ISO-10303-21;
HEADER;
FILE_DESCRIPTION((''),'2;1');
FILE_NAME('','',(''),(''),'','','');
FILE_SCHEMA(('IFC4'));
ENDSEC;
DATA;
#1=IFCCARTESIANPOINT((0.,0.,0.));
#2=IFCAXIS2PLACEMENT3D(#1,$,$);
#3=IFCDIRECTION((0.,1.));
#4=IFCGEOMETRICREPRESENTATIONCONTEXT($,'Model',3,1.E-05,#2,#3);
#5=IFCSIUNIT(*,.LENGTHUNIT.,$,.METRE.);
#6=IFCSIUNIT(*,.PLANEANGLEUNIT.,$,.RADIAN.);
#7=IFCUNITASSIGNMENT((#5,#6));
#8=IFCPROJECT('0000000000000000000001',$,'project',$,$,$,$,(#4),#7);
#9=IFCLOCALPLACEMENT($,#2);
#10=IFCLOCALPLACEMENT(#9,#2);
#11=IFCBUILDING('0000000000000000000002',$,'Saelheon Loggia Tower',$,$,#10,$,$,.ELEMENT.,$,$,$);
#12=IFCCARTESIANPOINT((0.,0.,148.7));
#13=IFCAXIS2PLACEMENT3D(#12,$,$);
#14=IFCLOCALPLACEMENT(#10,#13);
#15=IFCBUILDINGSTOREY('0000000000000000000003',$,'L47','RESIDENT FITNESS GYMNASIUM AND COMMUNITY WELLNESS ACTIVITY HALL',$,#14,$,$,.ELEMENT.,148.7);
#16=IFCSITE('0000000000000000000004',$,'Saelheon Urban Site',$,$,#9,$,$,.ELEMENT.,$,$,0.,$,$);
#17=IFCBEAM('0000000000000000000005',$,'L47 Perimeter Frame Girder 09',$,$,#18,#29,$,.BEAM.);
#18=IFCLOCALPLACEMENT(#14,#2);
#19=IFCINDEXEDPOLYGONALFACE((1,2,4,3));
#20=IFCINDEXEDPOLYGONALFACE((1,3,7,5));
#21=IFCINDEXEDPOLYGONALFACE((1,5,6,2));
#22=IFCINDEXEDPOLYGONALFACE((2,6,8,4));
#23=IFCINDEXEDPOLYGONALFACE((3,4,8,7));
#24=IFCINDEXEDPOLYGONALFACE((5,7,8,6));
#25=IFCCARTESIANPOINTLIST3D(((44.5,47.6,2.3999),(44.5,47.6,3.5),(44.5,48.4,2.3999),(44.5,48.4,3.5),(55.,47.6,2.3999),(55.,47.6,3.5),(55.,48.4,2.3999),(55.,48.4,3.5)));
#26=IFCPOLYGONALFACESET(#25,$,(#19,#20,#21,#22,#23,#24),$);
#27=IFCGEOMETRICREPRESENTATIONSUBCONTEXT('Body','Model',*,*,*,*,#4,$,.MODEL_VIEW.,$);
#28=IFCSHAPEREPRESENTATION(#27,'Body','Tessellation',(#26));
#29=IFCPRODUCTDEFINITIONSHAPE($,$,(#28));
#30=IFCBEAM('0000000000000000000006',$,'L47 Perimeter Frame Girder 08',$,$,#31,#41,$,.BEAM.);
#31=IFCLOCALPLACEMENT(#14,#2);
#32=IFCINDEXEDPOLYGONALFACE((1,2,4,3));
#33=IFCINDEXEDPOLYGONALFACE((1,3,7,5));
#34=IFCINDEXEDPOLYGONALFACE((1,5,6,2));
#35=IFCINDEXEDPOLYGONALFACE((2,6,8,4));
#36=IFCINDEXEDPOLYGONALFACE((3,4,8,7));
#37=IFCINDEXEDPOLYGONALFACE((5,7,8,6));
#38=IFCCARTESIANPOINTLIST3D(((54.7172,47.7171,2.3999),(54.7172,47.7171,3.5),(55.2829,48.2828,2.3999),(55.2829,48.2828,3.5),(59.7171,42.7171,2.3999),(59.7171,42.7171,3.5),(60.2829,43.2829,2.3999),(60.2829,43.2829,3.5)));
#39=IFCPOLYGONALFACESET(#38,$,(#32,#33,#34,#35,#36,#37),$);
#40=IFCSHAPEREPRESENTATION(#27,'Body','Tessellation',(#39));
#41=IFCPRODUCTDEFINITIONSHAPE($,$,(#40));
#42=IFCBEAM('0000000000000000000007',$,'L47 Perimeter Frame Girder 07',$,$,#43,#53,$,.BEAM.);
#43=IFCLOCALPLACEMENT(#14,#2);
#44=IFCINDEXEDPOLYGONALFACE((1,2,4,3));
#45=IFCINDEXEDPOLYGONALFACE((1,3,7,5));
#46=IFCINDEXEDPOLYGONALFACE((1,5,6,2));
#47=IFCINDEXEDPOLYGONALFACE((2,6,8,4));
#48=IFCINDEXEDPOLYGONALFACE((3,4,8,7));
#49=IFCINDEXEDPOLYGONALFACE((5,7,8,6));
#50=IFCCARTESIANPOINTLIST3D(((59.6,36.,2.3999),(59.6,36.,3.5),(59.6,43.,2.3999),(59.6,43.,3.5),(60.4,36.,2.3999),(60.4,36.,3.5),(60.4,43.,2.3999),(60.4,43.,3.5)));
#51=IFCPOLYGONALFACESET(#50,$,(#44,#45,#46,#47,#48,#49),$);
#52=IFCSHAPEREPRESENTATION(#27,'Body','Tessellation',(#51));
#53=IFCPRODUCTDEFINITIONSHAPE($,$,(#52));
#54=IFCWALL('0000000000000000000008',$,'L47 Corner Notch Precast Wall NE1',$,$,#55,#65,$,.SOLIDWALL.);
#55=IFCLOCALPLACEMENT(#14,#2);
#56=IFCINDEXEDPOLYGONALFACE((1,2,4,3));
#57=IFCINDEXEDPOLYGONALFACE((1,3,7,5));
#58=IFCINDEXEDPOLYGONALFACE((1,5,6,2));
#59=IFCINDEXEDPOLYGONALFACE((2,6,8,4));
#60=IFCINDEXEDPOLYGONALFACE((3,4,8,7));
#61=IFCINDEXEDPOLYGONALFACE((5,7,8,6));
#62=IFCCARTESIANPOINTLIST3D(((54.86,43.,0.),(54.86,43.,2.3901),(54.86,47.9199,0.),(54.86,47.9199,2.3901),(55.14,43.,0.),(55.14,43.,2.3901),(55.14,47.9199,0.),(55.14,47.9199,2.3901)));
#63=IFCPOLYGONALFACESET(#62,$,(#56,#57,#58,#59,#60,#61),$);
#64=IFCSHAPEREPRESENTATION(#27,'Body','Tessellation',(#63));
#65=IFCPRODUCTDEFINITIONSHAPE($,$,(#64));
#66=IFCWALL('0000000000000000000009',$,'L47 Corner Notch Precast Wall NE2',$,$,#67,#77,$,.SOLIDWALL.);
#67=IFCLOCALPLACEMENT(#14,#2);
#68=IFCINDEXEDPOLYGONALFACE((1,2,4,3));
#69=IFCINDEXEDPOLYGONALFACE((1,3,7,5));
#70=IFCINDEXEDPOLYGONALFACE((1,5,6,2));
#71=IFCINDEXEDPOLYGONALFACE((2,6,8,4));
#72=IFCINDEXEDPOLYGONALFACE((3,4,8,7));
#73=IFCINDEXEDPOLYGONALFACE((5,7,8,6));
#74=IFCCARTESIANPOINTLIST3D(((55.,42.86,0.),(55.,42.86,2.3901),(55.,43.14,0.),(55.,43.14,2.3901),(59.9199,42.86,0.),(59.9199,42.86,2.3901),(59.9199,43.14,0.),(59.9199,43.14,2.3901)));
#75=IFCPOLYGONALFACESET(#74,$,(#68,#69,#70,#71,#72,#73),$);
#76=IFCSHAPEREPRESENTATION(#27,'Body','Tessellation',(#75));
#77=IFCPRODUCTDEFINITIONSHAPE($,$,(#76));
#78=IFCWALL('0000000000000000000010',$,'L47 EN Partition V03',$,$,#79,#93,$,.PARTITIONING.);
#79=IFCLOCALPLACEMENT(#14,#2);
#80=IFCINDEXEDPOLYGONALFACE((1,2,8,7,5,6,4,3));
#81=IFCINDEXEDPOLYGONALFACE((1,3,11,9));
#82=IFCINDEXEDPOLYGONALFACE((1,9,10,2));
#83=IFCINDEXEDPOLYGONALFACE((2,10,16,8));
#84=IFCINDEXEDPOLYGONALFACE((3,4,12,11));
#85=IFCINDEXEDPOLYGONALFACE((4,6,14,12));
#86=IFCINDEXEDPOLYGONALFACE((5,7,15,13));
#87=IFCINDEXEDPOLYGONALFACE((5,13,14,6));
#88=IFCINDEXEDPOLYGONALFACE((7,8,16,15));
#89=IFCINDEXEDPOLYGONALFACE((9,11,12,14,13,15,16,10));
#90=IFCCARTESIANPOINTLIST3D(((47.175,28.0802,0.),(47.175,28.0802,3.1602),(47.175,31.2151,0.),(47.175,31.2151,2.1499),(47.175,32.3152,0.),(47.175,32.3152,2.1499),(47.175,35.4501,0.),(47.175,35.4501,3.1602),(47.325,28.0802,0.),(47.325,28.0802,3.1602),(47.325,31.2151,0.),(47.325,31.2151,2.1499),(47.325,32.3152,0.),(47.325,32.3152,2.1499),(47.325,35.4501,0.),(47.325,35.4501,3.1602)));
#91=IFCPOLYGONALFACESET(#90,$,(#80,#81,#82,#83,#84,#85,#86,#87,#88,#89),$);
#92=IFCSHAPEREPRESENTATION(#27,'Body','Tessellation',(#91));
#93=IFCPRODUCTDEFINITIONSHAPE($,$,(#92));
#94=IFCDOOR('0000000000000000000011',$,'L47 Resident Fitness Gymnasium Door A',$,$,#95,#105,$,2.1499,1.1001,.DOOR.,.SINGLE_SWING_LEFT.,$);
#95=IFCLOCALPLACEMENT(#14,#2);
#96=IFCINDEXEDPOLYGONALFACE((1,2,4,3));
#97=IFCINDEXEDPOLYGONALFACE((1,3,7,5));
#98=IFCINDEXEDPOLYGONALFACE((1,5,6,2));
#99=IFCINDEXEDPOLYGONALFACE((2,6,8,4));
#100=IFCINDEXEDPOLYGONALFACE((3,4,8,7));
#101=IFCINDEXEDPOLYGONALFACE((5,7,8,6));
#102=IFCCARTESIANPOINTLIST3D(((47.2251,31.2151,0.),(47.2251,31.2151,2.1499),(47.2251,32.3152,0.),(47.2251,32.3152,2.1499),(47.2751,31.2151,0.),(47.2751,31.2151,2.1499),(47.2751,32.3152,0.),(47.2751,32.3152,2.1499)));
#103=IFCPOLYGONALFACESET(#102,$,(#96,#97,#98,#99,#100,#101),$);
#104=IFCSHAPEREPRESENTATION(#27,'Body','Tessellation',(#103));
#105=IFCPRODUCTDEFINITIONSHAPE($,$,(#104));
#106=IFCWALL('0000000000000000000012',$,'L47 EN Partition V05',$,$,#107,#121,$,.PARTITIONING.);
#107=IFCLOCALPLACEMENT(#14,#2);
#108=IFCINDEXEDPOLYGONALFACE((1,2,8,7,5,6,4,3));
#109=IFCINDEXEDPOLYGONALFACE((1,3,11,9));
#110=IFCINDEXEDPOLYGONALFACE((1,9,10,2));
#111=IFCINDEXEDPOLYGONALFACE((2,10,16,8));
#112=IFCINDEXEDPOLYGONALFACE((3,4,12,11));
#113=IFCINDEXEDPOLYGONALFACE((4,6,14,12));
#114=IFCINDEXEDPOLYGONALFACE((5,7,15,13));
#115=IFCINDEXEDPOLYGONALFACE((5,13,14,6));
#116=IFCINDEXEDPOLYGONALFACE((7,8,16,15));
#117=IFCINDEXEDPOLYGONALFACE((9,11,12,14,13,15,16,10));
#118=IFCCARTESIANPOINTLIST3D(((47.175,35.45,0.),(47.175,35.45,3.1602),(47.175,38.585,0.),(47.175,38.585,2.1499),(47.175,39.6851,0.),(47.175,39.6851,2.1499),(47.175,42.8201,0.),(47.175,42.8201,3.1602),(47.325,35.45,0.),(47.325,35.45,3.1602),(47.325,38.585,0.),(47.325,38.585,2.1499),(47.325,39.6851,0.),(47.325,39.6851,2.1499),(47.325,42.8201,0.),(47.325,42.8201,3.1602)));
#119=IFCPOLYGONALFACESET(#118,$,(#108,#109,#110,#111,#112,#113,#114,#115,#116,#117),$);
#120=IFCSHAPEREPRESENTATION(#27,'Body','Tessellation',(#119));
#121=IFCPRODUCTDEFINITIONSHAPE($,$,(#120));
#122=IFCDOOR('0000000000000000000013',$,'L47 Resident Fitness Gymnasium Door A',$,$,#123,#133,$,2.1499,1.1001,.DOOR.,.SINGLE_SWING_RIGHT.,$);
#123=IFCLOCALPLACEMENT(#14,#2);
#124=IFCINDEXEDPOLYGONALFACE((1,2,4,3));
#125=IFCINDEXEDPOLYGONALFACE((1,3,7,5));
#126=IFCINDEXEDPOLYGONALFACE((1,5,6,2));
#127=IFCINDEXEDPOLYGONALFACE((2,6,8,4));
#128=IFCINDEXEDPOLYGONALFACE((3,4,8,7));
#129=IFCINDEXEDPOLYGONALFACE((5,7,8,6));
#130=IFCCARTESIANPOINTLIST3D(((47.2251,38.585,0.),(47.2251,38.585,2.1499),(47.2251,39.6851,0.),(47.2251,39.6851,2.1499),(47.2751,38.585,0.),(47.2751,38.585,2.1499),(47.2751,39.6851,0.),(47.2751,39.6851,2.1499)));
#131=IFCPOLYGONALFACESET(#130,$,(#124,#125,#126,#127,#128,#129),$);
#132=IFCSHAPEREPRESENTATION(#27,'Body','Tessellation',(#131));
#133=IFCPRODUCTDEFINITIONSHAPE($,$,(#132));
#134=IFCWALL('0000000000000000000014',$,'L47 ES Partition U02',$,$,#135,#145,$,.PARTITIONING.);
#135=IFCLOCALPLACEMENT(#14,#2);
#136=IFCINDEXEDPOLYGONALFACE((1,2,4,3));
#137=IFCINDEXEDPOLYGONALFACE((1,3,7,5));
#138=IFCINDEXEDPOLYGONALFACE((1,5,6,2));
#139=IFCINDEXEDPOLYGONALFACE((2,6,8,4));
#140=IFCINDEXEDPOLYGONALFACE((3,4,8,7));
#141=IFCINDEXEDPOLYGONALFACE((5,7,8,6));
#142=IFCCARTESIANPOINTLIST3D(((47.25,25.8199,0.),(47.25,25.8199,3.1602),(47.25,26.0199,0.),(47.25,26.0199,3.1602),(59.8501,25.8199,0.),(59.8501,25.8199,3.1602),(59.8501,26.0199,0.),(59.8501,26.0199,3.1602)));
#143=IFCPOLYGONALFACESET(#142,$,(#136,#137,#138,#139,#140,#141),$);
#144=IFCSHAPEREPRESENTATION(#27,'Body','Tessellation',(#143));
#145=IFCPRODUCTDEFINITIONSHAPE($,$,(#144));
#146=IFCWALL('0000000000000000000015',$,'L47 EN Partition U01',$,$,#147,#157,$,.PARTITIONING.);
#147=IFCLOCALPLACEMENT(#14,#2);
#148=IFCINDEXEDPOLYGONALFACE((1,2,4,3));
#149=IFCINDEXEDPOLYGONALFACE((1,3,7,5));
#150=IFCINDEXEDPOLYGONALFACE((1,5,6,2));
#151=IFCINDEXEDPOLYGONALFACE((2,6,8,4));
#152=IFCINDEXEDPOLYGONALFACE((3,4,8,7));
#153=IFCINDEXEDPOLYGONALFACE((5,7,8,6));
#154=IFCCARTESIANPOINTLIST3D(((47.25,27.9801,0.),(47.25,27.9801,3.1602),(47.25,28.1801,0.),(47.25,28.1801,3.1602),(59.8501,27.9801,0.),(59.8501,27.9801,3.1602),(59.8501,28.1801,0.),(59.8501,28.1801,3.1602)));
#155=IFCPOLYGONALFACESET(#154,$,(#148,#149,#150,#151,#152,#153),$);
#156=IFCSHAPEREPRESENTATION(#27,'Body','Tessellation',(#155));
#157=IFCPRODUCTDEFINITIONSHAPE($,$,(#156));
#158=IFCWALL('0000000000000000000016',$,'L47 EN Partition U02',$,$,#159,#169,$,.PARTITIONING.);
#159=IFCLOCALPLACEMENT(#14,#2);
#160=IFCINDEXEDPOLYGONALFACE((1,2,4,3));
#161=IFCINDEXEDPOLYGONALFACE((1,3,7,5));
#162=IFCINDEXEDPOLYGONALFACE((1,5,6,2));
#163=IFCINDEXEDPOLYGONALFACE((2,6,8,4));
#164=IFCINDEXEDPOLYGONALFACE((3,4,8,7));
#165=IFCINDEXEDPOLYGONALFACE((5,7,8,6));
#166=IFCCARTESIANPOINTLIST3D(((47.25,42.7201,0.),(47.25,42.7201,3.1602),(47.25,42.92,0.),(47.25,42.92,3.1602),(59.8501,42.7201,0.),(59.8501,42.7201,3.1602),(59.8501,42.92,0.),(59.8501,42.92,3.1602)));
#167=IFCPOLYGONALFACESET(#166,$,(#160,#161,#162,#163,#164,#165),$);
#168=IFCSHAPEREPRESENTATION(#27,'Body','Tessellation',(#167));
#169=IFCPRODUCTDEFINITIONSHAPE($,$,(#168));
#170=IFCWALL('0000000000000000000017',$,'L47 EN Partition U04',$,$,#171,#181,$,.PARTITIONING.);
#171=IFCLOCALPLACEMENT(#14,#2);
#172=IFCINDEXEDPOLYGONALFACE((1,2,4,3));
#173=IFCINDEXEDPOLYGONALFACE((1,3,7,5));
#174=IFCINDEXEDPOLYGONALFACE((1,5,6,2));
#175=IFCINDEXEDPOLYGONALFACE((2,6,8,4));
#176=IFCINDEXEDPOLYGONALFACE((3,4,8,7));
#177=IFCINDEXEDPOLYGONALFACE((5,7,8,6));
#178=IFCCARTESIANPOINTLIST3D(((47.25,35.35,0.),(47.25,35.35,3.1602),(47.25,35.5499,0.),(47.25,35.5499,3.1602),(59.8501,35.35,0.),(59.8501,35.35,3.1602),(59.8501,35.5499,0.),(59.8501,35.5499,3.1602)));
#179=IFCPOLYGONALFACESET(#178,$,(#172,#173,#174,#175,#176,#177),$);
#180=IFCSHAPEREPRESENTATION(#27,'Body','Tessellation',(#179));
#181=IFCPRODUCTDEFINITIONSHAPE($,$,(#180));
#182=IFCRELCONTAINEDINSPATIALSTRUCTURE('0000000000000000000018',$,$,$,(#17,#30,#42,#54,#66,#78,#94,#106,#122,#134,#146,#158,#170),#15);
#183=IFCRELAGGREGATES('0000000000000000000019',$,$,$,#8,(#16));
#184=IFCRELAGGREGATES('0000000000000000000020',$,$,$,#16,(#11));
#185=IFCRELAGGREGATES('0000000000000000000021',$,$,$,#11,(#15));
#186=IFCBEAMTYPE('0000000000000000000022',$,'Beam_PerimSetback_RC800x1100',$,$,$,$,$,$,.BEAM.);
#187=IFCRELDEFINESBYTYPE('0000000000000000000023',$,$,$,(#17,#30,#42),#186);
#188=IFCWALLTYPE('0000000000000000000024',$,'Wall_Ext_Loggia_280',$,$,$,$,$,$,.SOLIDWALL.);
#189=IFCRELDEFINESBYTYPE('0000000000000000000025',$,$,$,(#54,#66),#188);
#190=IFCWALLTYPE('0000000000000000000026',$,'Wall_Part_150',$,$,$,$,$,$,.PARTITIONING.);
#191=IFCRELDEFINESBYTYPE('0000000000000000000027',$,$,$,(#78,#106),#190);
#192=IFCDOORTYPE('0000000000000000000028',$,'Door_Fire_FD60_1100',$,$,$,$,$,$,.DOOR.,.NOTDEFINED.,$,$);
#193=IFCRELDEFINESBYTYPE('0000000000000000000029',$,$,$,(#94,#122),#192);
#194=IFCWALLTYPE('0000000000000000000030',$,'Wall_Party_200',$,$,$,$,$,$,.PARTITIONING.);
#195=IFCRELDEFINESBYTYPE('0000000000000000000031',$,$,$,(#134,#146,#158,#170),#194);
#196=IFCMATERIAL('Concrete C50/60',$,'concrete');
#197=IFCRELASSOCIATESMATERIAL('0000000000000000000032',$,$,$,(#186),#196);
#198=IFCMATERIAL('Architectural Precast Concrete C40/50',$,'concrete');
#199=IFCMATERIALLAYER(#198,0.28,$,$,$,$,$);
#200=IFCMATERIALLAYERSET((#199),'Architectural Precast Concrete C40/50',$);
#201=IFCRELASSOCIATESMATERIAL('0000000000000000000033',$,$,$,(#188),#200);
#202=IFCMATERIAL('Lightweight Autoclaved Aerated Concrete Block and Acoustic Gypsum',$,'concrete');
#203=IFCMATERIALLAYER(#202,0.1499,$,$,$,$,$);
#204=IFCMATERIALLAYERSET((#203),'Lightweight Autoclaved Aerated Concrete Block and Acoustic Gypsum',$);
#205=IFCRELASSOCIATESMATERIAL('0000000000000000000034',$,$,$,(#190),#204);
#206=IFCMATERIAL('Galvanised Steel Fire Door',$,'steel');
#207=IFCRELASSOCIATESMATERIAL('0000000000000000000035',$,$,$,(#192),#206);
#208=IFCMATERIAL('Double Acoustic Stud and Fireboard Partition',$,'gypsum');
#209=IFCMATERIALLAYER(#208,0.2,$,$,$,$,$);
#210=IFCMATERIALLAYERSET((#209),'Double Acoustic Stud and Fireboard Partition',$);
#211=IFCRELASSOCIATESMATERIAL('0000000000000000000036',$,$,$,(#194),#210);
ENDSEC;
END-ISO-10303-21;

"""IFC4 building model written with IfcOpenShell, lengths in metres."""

from ifc_helpers import new_model, si_unit, direction, frame, frame_2d, origin, origin_2d, place, context, subcontext, project, spatial, rectangle, extrude, source, transform, mapped, material, layer, layer_set, material_profile, profile_set, type_object, element, fill, save


model = new_model("IFC4")

# Units and contexts
model_context = context("Model", 3, precision=1e-05, world=origin(), true_north=direction((0.0, 1.0)))
body_context = subcontext(model_context, "Body", "Model", "MODEL_VIEW")
ifc_project = project(units=[si_unit("LENGTHUNIT", "METRE"), si_unit("PLANEANGLEUNIT", "RADIAN")], contexts=[model_context])

# Site, building, storey
site_placement = place(None, origin())
site = spatial("IfcSite", under=ifc_project, at=site_placement, Name="Saelheon Urban Site", CompositionType="ELEMENT", RefElevation=0.0)
building_placement = place(site_placement, origin())
building = spatial("IfcBuilding", under=site, at=building_placement, Name="Saelheon Loggia Tower", CompositionType="ELEMENT")
storey_placement = place(building_placement, frame((0.0, 0.0, 148.7)))
storey = spatial("IfcBuildingStorey", under=building, at=storey_placement, Name="L47", Description="RESIDENT FITNESS GYMNASIUM AND COMMUNITY WELLNESS ACTIVITY HALL", CompositionType="ELEMENT", Elevation=148.7)

# Shared definitions
ifc_material_1 = material(Name="Concrete C50/60", Category="concrete")

# Beams
ifc_material_profile_1 = material_profile(ifc_material_1, rectangle(XDim=0.8, YDim=1.1001, at=origin_2d()), Name="RC-800x1100")
ifc_profile_set_1 = profile_set([ifc_material_profile_1], Name="Concrete C50/60")
beam_type = type_object("IfcBeamType", Name="Beam_PerimSetback_RC800x1100", PredefinedType="BEAM", material=ifc_profile_set_1)
shared_shape_1 = source(origin(), body_context, "Body", "SweptSolid", [
    extrude(rectangle(XDim=0.8, YDim=1.1001, at=origin_2d()), origin(), (0.0, 0.0, 1.0), 10.5),
])
beam_1_placement = place(storey_placement, frame((55.0, 48.0, 2.95), z_axis=(-1.0, 0.0, 0.0), x_axis=(0.0, -1.0, 0.0)))
element("IfcBeam", 1, at=beam_1_placement, inside=storey, type_object=beam_type, Name="L47 Perimeter Frame Girder 09", PredefinedType="BEAM", context=body_context, shape_type="MappedRepresentation", body=[
    mapped(shared_shape_1, transform((0.0, 0.0, 0.0), scale=1.0)),
])
shared_shape_2 = source(origin(), body_context, "Body", "SweptSolid", [
    extrude(rectangle(XDim=0.8, YDim=1.1001, at=origin_2d()), origin(), (0.0, 0.0, 1.0), 7.071),
])
beam_2_placement = place(storey_placement, frame((60.0, 43.0, 2.95), z_axis=(-0.707107, 0.707107, 0.0), x_axis=(-0.707107, -0.707107, 0.0)))
element("IfcBeam", 2, at=beam_2_placement, inside=storey, type_object=beam_type, Name="L47 Perimeter Frame Girder 08", PredefinedType="BEAM", context=body_context, shape_type="MappedRepresentation", body=[
    mapped(shared_shape_2, transform((0.0, 0.0, 0.0), scale=1.0)),
])
shared_shape_3 = source(origin(), body_context, "Body", "SweptSolid", [
    extrude(rectangle(XDim=0.8, YDim=1.1001, at=origin_2d()), origin(), (0.0, 0.0, 1.0), 7.0),
])
beam_3_placement = place(storey_placement, frame((60.0, 36.0, 2.95), z_axis=(0.0, 1.0, 0.0), x_axis=(-1.0, 0.0, 0.0)))
element("IfcBeam", 3, at=beam_3_placement, inside=storey, type_object=beam_type, Name="L47 Perimeter Frame Girder 07", PredefinedType="BEAM", context=body_context, shape_type="MappedRepresentation", body=[
    mapped(shared_shape_3, transform((0.0, 0.0, 0.0), scale=1.0)),
])

# Walls
ifc_material_2 = material(Name="Architectural Precast Concrete C40/50", Category="concrete")
ifc_layer_1 = layer(ifc_material_2, 0.28)
ifc_layer_set_1 = layer_set([ifc_layer_1], Name="Architectural Precast Concrete C40/50")
wall_type_1 = type_object("IfcWallType", Name="Wall_Ext_Loggia_280", PredefinedType="SOLIDWALL", material=ifc_layer_set_1)
for number, where, z_axis, x_axis, name in (
    (4, (55.0, 43.0, 0.0), (0.0, 0.0, 1.0), (0.0, 1.0, 0.0), "L47 Corner Notch Precast Wall NE1"),
    (5, (55.0, 43.0, 0.0), (0.0, 0.0, 1.0), (1.0, 0.0, 0.0), "L47 Corner Notch Precast Wall NE2"),
):
    element("IfcWall", number, at=place(storey_placement, frame(where, z_axis=z_axis, x_axis=x_axis)), inside=storey, type_object=wall_type_1, Name=name, PredefinedType="SOLIDWALL", context=body_context, shape_type="SweptSolid", body=[
        extrude(rectangle(XDim=4.9199, YDim=0.28, at=frame_2d((2.46, 0.0))), origin(), (0.0, 0.0, 1.0), 2.3901),
    ])

# Walls, openings, doors
ifc_material_3 = material(Name="Lightweight Autoclaved Aerated Concrete Block and Acoustic Gypsum", Category="concrete")
ifc_layer_2 = layer(ifc_material_3, 0.1499)
ifc_layer_set_2 = layer_set([ifc_layer_2], Name="Lightweight Autoclaved Aerated Concrete Block and Acoustic Gypsum")
wall_type_2 = type_object("IfcWallType", Name="Wall_Part_150", PredefinedType="PARTITIONING", material=ifc_layer_set_2)
wall_1_placement = place(storey_placement, frame((47.25, 28.0801, 0.0), z_axis=(0.0, 0.0, 1.0), x_axis=(0.0, 1.0, 0.0)))
wall_1 = element("IfcWall", 6, at=wall_1_placement, inside=storey, type_object=wall_type_2, Name="L47 EN Partition V03", PredefinedType="PARTITIONING", context=body_context, shape_type="SweptSolid", body=[
    extrude(rectangle(XDim=7.3699, YDim=0.1499, at=frame_2d((3.6851, 0.0))), origin(), (0.0, 0.0, 1.0), 3.1602),
])
opening_1_placement = place(wall_1_placement, frame((3.135, 0.0, 0.0)))
opening_1 = element("IfcOpeningElement", 7, at=opening_1_placement, cuts=wall_1, PredefinedType="OPENING", context=body_context, shape_type="SweptSolid", body=[
    extrude(rectangle(XDim=1.1001, YDim=2.1499, at=frame_2d((0.55, 1.075))), frame((0.0, 0.0869, 0.0), z_axis=(0.0, -1.0, 0.0), x_axis=(1.0, 0.0, 0.0)), (0.0, 0.0, 1.0), 0.1738),
])
ifc_material_4 = material(Name="Galvanised Steel Fire Door", Category="steel")
door_type = type_object("IfcDoorType", Name="Door_Fire_FD60_1100", OperationType="NOTDEFINED", PredefinedType="DOOR", material=ifc_material_4)
shared_shape_4 = source(origin(), body_context, "Body", "SweptSolid", [
    extrude(rectangle(XDim=1.1001, YDim=2.1499, at=frame_2d((0.55, 1.075))), frame((0.0, 0.0249, 0.0), z_axis=(0.0, -1.0, 0.0), x_axis=(1.0, 0.0, 0.0)), (0.0, 0.0, 1.0), 0.05),
])
door_1_placement = place(opening_1_placement, origin())
door_1 = element("IfcDoor", 8, at=door_1_placement, inside=storey, type_object=door_type, Name="L47 Resident Fitness Gymnasium Door A", OperationType="SINGLE_SWING_LEFT", OverallHeight=2.1499, OverallWidth=1.1001, PredefinedType="DOOR", context=body_context, shape_type="MappedRepresentation", body=[
    mapped(shared_shape_4, transform((0.0, 0.0, 0.0), scale=1.0)),
])
fill(opening_1, door_1)
wall_2_placement = place(storey_placement, frame((47.25, 35.45, 0.0), z_axis=(0.0, 0.0, 1.0), x_axis=(0.0, 1.0, 0.0)))
wall_2 = element("IfcWall", 9, at=wall_2_placement, inside=storey, type_object=wall_type_2, Name="L47 EN Partition V05", PredefinedType="PARTITIONING", context=body_context, shape_type="SweptSolid", body=[
    extrude(rectangle(XDim=7.3701, YDim=0.1499, at=frame_2d((3.6851, 0.0))), origin(), (0.0, 0.0, 1.0), 3.1602),
])
opening_2_placement = place(wall_2_placement, frame((3.135, 0.0, 0.0)))
opening_2 = element("IfcOpeningElement", 10, at=opening_2_placement, cuts=wall_2, PredefinedType="OPENING", context=body_context, shape_type="SweptSolid", body=[
    extrude(rectangle(XDim=1.1001, YDim=2.1499, at=frame_2d((0.55, 1.075))), frame((0.0, 0.0869, 0.0), z_axis=(0.0, -1.0, 0.0), x_axis=(1.0, 0.0, 0.0)), (0.0, 0.0, 1.0), 0.1738),
])
door_2_placement = place(opening_2_placement, origin())
door_2 = element("IfcDoor", 11, at=door_2_placement, inside=storey, type_object=door_type, Name="L47 Resident Fitness Gymnasium Door A", OperationType="SINGLE_SWING_RIGHT", OverallHeight=2.1499, OverallWidth=1.1001, PredefinedType="DOOR", context=body_context, shape_type="MappedRepresentation", body=[
    mapped(shared_shape_4, transform((0.0, 0.0, 0.0), scale=1.0)),
])
fill(opening_2, door_2)

# Walls
ifc_material_5 = material(Name="Double Acoustic Stud and Fireboard Partition", Category="gypsum")
ifc_layer_3 = layer(ifc_material_5, 0.2)
ifc_layer_set_3 = layer_set([ifc_layer_3], Name="Double Acoustic Stud and Fireboard Partition")
wall_type_3 = type_object("IfcWallType", Name="Wall_Party_200", PredefinedType="PARTITIONING", material=ifc_layer_set_3)
for number, where, z_axis, x_axis, name in (
    (12, (47.25, 25.9199, 0.0), (0.0, 0.0, 1.0), (1.0, 0.0, 0.0), "L47 ES Partition U02"),
    (13, (47.25, 28.0801, 0.0), (0.0, 0.0, 1.0), (1.0, 0.0, 0.0), "L47 EN Partition U01"),
    (14, (47.25, 42.8201, 0.0), (0.0, 0.0, 1.0), (1.0, 0.0, 0.0), "L47 EN Partition U02"),
    (15, (47.25, 35.45, 0.0), (0.0, 0.0, 1.0), (1.0, 0.0, 0.0), "L47 EN Partition U04"),
):
    element("IfcWall", number, at=place(storey_placement, frame(where, z_axis=z_axis, x_axis=x_axis)), inside=storey, type_object=wall_type_3, Name=name, PredefinedType="PARTITIONING", context=body_context, shape_type="SweptSolid", body=[
        extrude(rectangle(XDim=12.6001, YDim=0.2, at=frame_2d((6.3, 0.0))), origin(), (0.0, 0.0, 1.0), 3.1602),
    ])

save(model, "model.ifc")
